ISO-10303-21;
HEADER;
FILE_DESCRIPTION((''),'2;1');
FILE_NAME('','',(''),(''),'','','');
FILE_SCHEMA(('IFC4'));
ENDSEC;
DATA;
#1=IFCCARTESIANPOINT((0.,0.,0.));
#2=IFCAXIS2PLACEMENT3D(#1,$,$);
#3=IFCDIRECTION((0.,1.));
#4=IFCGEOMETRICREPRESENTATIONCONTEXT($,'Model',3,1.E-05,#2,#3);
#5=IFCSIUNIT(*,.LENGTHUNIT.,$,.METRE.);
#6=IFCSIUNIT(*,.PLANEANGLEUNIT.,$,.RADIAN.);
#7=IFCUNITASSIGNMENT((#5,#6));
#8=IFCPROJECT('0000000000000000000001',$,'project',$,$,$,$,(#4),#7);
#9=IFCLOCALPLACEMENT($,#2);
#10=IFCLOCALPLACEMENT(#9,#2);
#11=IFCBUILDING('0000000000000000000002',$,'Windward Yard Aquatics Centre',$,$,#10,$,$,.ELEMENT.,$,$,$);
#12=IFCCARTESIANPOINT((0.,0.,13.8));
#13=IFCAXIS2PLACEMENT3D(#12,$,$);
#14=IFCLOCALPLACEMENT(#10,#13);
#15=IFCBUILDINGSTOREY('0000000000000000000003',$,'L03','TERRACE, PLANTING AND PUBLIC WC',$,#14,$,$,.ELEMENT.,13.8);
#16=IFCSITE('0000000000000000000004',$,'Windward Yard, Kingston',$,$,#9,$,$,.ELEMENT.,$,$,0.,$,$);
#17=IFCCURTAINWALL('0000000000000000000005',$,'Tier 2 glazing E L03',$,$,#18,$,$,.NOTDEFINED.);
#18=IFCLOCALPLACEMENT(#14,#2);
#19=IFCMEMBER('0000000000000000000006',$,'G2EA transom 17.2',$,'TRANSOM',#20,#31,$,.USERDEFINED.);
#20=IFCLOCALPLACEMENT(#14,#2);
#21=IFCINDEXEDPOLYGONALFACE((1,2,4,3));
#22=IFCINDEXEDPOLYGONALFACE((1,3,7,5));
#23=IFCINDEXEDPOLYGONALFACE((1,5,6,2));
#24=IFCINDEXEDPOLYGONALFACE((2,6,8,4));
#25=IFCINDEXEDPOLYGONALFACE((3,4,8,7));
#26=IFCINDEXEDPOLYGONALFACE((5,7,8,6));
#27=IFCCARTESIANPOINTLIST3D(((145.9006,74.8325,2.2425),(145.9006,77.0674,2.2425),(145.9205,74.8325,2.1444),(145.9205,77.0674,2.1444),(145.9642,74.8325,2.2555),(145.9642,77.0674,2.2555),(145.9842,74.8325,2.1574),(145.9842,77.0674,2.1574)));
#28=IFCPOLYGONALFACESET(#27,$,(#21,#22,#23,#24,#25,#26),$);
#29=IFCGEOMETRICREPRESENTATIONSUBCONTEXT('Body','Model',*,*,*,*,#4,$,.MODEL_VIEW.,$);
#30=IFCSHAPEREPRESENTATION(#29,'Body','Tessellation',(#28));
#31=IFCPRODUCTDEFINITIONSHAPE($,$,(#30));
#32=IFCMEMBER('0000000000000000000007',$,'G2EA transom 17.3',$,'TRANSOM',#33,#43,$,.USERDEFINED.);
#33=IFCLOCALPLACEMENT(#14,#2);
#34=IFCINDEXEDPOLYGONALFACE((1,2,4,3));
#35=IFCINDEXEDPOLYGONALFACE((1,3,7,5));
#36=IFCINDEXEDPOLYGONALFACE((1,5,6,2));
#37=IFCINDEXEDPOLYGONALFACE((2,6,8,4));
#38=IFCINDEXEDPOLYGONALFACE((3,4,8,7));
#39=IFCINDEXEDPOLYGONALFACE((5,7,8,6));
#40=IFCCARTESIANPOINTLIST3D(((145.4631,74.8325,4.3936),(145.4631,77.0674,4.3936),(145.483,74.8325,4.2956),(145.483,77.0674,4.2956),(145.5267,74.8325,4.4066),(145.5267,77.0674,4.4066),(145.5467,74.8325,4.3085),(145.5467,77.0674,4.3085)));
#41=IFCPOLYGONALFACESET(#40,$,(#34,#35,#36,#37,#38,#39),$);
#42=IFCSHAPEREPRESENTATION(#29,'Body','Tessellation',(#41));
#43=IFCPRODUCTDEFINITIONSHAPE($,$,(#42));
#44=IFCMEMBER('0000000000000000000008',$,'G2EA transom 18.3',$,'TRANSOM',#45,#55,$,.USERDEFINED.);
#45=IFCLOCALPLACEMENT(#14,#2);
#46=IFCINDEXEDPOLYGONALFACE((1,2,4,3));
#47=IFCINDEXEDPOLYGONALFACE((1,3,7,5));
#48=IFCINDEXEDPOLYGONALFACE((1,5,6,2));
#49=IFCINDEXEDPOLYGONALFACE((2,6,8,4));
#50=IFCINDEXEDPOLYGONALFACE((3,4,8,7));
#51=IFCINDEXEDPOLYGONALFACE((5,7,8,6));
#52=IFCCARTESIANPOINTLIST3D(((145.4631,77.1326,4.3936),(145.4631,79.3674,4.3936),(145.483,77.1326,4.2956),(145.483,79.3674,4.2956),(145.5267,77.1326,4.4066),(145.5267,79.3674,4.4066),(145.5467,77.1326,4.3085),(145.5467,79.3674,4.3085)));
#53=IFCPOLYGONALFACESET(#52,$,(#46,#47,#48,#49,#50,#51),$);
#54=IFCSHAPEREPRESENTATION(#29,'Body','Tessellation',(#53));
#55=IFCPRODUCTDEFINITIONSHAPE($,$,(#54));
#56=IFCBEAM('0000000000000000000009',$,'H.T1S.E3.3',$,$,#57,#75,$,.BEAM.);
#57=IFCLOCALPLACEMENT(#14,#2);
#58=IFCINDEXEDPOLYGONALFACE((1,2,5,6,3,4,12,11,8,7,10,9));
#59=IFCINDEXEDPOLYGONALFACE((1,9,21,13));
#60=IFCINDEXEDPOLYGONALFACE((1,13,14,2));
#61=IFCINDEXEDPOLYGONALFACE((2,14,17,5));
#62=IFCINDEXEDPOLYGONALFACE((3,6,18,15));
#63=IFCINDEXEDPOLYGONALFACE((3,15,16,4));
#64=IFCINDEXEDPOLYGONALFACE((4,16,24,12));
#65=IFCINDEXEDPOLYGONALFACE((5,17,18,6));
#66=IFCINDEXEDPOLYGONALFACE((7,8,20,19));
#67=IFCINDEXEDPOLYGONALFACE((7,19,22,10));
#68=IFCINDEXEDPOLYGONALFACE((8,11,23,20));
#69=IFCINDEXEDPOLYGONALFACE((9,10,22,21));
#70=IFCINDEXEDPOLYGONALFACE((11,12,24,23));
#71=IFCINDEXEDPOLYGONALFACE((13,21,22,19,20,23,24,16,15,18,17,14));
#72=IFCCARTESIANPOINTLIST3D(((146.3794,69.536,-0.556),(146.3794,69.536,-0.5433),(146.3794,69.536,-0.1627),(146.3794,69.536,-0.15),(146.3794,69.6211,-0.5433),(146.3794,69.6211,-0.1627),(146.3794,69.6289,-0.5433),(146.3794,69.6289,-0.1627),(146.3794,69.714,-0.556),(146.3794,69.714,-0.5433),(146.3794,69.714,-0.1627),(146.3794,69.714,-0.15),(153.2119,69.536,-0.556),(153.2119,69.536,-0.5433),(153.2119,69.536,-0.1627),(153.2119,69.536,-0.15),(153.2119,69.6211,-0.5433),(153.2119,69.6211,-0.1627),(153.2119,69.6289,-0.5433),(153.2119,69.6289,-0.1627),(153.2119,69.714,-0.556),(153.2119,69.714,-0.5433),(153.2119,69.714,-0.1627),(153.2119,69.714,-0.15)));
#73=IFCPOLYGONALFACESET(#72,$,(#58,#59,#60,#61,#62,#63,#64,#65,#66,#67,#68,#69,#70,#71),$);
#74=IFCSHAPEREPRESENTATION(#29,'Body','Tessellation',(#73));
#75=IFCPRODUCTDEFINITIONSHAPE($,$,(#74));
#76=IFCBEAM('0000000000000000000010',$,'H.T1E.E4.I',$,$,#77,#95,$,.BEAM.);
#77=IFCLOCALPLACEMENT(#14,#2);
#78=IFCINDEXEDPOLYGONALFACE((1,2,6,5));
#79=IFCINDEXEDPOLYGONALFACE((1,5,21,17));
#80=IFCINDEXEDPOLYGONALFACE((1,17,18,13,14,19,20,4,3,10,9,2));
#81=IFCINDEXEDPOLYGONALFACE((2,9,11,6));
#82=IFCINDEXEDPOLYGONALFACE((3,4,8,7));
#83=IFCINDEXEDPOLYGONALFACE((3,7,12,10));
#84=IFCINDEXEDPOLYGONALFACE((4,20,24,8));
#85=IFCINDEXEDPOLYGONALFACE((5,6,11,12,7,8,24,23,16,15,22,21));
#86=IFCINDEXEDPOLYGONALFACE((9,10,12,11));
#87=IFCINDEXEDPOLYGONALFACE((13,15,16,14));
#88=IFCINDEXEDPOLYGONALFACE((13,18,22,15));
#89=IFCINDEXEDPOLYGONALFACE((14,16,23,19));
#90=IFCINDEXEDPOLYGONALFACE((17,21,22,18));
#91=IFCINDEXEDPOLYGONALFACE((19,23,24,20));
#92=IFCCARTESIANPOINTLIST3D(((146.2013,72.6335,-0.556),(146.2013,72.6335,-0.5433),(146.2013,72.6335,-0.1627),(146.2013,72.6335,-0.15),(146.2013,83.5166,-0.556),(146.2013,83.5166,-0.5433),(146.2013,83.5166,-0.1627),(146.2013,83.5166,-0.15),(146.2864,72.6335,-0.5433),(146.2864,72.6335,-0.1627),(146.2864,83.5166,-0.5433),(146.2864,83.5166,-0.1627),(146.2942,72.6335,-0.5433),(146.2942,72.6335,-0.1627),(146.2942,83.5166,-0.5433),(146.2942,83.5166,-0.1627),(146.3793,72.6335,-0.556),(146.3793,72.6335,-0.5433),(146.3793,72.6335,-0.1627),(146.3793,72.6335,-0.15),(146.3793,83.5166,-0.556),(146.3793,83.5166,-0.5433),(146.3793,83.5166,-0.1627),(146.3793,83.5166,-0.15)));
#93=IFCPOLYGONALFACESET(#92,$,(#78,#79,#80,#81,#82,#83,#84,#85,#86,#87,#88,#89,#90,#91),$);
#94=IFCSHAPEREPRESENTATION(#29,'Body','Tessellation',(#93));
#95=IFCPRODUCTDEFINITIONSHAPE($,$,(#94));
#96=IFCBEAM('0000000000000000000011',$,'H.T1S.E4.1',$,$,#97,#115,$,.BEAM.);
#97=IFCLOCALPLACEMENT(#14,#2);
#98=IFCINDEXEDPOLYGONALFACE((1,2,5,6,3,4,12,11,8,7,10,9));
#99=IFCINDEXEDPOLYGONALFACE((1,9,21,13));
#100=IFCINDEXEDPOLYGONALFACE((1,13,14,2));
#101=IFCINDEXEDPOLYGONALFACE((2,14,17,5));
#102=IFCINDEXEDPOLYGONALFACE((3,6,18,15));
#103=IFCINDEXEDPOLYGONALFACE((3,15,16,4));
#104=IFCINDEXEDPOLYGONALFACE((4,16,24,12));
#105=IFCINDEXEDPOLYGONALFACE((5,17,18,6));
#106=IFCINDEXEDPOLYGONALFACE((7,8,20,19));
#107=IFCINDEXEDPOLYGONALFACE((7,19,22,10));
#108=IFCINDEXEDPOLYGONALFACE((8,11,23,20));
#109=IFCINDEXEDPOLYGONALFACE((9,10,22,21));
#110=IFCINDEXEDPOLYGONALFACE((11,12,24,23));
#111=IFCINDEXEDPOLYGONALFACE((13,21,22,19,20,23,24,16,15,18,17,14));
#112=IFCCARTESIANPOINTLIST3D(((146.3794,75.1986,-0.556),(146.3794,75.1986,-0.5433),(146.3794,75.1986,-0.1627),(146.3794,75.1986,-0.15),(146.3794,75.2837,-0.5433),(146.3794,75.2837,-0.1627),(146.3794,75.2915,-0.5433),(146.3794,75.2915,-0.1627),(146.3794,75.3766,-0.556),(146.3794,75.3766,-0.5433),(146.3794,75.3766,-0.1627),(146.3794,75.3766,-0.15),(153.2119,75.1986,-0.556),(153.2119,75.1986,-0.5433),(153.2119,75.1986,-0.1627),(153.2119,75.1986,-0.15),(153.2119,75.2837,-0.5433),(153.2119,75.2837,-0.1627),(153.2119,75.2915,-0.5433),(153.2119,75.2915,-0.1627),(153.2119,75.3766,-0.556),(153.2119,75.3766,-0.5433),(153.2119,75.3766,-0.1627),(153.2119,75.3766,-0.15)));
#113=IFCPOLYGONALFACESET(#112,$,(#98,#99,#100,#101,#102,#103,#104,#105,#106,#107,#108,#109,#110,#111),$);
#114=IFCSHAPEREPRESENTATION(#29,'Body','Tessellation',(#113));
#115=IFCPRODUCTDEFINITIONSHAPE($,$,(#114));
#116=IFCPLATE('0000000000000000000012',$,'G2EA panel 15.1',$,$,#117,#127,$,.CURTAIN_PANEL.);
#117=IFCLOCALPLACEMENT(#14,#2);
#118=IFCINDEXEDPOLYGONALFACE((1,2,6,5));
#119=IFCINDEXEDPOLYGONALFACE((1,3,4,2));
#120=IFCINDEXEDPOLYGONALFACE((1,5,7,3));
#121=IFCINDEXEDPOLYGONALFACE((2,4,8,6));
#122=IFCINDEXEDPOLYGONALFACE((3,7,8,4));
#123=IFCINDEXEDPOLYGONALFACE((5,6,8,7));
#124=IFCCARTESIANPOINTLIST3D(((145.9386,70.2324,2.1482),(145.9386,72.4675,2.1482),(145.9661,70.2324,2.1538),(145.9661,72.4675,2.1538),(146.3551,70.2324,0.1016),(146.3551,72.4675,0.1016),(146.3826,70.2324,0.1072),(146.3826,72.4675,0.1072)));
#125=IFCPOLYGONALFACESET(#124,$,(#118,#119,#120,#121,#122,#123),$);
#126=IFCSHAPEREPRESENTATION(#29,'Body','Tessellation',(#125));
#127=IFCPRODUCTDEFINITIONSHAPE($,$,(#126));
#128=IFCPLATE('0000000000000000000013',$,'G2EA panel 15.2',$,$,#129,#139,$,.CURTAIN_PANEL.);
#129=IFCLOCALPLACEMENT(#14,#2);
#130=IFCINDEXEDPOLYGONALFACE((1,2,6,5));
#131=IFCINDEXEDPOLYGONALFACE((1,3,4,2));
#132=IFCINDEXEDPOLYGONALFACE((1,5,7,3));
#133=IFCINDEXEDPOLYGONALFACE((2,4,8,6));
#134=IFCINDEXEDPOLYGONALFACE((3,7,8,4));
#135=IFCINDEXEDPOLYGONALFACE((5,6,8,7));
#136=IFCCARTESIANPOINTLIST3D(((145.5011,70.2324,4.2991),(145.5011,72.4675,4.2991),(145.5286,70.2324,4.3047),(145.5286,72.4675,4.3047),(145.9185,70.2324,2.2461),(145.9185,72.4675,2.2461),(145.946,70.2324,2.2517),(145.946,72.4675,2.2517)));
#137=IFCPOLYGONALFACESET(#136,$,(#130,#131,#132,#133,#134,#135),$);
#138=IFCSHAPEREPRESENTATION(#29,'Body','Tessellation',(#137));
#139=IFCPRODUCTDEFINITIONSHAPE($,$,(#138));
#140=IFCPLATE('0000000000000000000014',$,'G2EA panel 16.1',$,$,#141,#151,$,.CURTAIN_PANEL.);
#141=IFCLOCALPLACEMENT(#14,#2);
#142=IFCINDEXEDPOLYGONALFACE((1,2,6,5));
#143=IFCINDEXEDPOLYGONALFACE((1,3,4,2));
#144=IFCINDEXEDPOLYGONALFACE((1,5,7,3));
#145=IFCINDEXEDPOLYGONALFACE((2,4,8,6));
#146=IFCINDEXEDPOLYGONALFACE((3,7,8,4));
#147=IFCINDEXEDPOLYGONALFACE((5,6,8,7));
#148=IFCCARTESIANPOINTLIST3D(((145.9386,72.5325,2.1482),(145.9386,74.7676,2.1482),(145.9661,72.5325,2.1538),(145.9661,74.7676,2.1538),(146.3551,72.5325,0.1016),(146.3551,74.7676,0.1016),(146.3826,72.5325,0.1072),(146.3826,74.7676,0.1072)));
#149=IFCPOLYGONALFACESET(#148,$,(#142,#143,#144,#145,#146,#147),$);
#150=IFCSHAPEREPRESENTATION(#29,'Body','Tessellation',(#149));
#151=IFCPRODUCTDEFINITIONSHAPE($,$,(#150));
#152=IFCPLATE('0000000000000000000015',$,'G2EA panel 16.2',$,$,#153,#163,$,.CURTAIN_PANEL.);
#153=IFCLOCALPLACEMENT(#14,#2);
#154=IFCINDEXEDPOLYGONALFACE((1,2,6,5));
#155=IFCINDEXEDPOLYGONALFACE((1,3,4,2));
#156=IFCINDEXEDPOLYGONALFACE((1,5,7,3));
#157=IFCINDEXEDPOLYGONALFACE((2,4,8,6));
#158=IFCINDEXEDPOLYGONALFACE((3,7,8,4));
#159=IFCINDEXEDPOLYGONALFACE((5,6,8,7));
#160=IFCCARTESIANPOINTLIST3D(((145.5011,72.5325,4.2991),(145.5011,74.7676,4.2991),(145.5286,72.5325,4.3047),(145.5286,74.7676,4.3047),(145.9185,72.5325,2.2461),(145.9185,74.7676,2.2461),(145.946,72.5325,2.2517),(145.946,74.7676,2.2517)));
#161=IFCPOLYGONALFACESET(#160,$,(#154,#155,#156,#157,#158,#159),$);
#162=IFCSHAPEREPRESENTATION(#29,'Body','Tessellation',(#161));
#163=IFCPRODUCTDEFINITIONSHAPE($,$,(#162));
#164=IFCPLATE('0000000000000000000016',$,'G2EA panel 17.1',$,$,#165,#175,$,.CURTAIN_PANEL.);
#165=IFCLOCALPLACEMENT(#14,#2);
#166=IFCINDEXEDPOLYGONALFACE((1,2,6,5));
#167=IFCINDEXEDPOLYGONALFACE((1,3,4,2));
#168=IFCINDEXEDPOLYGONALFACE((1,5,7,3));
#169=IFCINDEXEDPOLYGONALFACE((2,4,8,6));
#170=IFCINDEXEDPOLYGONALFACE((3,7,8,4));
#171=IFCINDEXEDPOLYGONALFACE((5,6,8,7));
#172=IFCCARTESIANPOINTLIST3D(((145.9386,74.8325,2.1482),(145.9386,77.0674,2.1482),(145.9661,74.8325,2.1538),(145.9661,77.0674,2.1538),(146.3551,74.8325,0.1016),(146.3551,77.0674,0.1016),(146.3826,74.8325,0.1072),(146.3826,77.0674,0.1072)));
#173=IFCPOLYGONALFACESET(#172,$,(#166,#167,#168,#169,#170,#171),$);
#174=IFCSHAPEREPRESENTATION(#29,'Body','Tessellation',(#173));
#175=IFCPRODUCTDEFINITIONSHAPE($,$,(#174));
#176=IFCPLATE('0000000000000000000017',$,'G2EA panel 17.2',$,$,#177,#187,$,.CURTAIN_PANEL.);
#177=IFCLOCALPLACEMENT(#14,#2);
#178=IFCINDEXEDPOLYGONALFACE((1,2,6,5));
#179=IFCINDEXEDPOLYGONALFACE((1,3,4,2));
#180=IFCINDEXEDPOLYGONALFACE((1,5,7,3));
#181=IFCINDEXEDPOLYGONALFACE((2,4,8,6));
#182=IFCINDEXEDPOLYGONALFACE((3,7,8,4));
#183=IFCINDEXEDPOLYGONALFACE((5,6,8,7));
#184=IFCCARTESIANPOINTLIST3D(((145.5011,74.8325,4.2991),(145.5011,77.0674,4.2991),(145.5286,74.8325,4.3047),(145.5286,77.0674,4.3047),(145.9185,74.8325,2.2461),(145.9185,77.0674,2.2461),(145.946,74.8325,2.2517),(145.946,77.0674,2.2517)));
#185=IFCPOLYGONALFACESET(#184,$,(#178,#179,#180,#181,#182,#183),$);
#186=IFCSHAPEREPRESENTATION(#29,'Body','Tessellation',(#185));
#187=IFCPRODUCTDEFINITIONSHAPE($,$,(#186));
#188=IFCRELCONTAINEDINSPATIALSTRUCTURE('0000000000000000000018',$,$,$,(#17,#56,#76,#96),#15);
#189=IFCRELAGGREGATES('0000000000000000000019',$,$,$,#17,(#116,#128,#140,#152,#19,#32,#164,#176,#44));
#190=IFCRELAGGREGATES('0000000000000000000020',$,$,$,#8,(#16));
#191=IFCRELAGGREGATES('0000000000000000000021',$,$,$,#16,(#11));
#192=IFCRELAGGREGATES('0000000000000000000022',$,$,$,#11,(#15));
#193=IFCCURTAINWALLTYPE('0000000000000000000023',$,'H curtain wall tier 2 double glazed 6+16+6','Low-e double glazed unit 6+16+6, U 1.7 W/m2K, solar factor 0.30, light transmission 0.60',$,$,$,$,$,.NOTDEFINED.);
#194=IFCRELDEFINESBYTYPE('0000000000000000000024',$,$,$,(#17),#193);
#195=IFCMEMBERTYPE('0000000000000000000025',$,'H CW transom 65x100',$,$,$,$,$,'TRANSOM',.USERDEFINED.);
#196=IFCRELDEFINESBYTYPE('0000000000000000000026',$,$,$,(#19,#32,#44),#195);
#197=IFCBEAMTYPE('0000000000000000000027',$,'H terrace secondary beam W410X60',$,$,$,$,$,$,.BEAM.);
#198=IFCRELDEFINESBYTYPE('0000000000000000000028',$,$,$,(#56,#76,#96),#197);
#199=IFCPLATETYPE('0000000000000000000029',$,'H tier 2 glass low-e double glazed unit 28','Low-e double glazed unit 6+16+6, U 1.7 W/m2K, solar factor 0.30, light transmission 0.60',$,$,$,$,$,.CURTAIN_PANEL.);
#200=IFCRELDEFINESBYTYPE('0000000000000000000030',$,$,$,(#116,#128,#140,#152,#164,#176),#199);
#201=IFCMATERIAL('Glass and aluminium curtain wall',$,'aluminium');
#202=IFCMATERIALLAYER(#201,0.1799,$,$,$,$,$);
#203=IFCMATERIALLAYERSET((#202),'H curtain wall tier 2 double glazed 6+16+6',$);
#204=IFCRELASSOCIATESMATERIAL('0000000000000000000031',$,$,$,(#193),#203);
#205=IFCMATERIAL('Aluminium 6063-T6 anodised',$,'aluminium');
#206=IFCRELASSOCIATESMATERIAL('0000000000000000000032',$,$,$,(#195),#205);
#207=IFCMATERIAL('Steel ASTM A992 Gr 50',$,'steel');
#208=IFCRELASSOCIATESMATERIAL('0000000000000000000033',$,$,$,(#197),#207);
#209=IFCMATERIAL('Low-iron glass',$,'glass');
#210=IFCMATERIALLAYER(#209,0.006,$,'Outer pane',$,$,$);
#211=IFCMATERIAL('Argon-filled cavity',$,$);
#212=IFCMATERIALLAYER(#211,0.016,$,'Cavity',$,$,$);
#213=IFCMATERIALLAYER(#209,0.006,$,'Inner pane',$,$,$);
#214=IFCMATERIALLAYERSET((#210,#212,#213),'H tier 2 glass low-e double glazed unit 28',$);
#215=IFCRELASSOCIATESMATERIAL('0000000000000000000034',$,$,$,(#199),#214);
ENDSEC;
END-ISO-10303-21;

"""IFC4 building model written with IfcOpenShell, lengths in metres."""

from ifc_helpers import new_model, si_unit, direction, frame, origin, origin_2d, place, context, subcontext, project, spatial, polyline, rectangle, i_section, outline, extrude, material, layer, layer_set, material_profile, profile_set, type_object, element, aggregate, save


model = new_model("IFC4")

# Units and contexts
model_context = context("Model", 3, precision=1e-05, world=origin(), true_north=direction((0.0, 1.0)))
body_context = subcontext(model_context, "Body", "Model", "MODEL_VIEW")
ifc_project = project(units=[si_unit("LENGTHUNIT", "METRE"), si_unit("PLANEANGLEUNIT", "RADIAN")], contexts=[model_context])

# Site, building, storey
site_placement = place(None, origin())
site = spatial("IfcSite", under=ifc_project, at=site_placement, Name="Windward Yard, Kingston", CompositionType="ELEMENT", RefElevation=0.0)
building_placement = place(site_placement, origin())
building = spatial("IfcBuilding", under=site, at=building_placement, Name="Windward Yard Aquatics Centre", CompositionType="ELEMENT")
storey_placement = place(building_placement, frame((0.0, 0.0, 13.8)))
storey = spatial("IfcBuildingStorey", under=building, at=storey_placement, Name="L03", Description="TERRACE, PLANTING AND PUBLIC WC", CompositionType="ELEMENT", Elevation=13.8)

# Curtain wall, members
ifc_material_1 = material(Name="Glass and aluminium curtain wall", Category="aluminium")
ifc_layer_1 = layer(ifc_material_1, 0.1799)
ifc_layer_set_1 = layer_set([ifc_layer_1], Name="H curtain wall tier 2 double glazed 6+16+6")
curtain_wall_type = type_object("IfcCurtainWallType", Name="H curtain wall tier 2 double glazed 6+16+6", Description="Low-e double glazed unit 6+16+6, U 1.7 W/m2K, solar factor 0.30, light transmission 0.60", PredefinedType="NOTDEFINED", material=ifc_layer_set_1)
curtain_wall_placement = place(storey_placement, origin())
curtain_wall = element("IfcCurtainWall", 1, at=curtain_wall_placement, inside=storey, type_object=curtain_wall_type, Name="Tier 2 glazing E L03", PredefinedType="NOTDEFINED")
ifc_material_2 = material(Name="Aluminium 6063-T6 anodised", Category="aluminium")
ifc_material_profile_1 = material_profile(ifc_material_2, rectangle(XDim=0.0649, YDim=0.1001, at=origin_2d()), Name="H CW transom 65x100")
ifc_profile_set_1 = profile_set([ifc_material_profile_1], Name="Aluminium 6063-T6 anodised")
member_type_1 = type_object("IfcMemberType", Name="H CW transom 65x100", ElementType="TRANSOM", PredefinedType="USERDEFINED", material=ifc_profile_set_1)
member_1_placement = place(storey_placement, frame((145.9424, 74.8325, 2.2), z_axis=(0.0, 1.0, 0.0), x_axis=(0.979925, 0.0, 0.199368)))
member_1 = element("IfcMember", 2, at=member_1_placement, type_object=member_type_1, Name="G2EA transom 17.2", ObjectType="TRANSOM", PredefinedType="USERDEFINED", context=body_context, shape_type="SweptSolid", body=[
    extrude(rectangle(XDim=0.0649, YDim=0.1001, at=origin_2d()), origin(), (0.0, 0.0, 1.0), 2.2349),
])
member_2_placement = place(storey_placement, frame((145.5049, 74.8325, 4.3511), z_axis=(0.0, 1.0, 0.0), x_axis=(0.979925, 0.0, 0.199368)))
member_2 = element("IfcMember", 3, at=member_2_placement, type_object=member_type_1, Name="G2EA transom 17.3", ObjectType="TRANSOM", PredefinedType="USERDEFINED", context=body_context, shape_type="SweptSolid", body=[
    extrude(rectangle(XDim=0.0649, YDim=0.1001, at=origin_2d()), origin(), (0.0, 0.0, 1.0), 2.2349),
])
member_3_placement = place(storey_placement, frame((145.5049, 77.1326, 4.3511), z_axis=(0.0, 1.0, 0.0), x_axis=(0.979925, 0.0, 0.199368)))
member_3 = element("IfcMember", 4, at=member_3_placement, type_object=member_type_1, Name="G2EA transom 18.3", ObjectType="TRANSOM", PredefinedType="USERDEFINED", context=body_context, shape_type="SweptSolid", body=[
    extrude(rectangle(XDim=0.0649, YDim=0.1001, at=origin_2d()), origin(), (0.0, 0.0, 1.0), 2.2349),
])

# Beams
ifc_material_3 = material(Name="Steel ASTM A992 Gr 50", Category="steel")
ifc_material_profile_2 = material_profile(ifc_material_3, i_section(OverallWidth=0.178, OverallDepth=0.406, WebThickness=0.0078, FlangeThickness=0.0127, at=origin_2d()), Name="W410X60")
ifc_profile_set_2 = profile_set([ifc_material_profile_2], Name="Steel ASTM A992 Gr 50")
beam_type = type_object("IfcBeamType", Name="H terrace secondary beam W410X60", PredefinedType="BEAM", material=ifc_profile_set_2)
beam_1_placement = place(storey_placement, frame((153.2119, 69.625, -0.353), z_axis=(-1.0, 0.0, 0.0), x_axis=(0.0, -1.0, 0.0)))
element("IfcBeam", 5, at=beam_1_placement, inside=storey, type_object=beam_type, Name="H.T1S.E3.3", PredefinedType="BEAM", context=body_context, shape_type="SweptSolid", body=[
    extrude(i_section(OverallWidth=0.178, OverallDepth=0.406, WebThickness=0.0078, FlangeThickness=0.0127, at=origin_2d()), origin(), (0.0, 0.0, 1.0), 6.8325),
])
beam_2_placement = place(storey_placement, frame((146.2903, 72.6335, -0.353), z_axis=(0.0, 1.0, 0.0), x_axis=(-1.0, 0.0, 0.0)))
element("IfcBeam", 6, at=beam_2_placement, inside=storey, type_object=beam_type, Name="H.T1E.E4.I", PredefinedType="BEAM", context=body_context, shape_type="SweptSolid", body=[
    extrude(i_section(OverallWidth=0.178, OverallDepth=0.406, WebThickness=0.0078, FlangeThickness=0.0127, at=origin_2d()), origin(), (0.0, 0.0, 1.0), 10.8831),
])
beam_3_placement = place(storey_placement, frame((153.2119, 75.2876, -0.353), z_axis=(-1.0, 0.0, 0.0), x_axis=(0.0, -1.0, 0.0)))
element("IfcBeam", 7, at=beam_3_placement, inside=storey, type_object=beam_type, Name="H.T1S.E4.1", PredefinedType="BEAM", context=body_context, shape_type="SweptSolid", body=[
    extrude(i_section(OverallWidth=0.178, OverallDepth=0.406, WebThickness=0.0078, FlangeThickness=0.0127, at=origin_2d()), origin(), (0.0, 0.0, 1.0), 6.8325),
])

# Plates
ifc_material_4 = material(Name="Low-iron glass", Category="glass")
ifc_layer_2 = layer(ifc_material_4, 0.006, Name="Outer pane")
ifc_material_5 = material(Name="Argon-filled cavity")
ifc_layer_3 = layer(ifc_material_5, 0.016, Name="Cavity")
ifc_layer_4 = layer(ifc_material_4, 0.006, Name="Inner pane")
ifc_layer_set_2 = layer_set([ifc_layer_2, ifc_layer_3, ifc_layer_4], Name="H tier 2 glass low-e double glazed unit 28")
plate_type = type_object("IfcPlateType", Name="H tier 2 glass low-e double glazed unit 28", Description="Low-e double glazed unit 6+16+6, U 1.7 W/m2K, solar factor 0.30, light transmission 0.60", PredefinedType="CURTAIN_PANEL", material=ifc_layer_set_2)
plate_1_placement = place(storey_placement, frame((145.9661, 70.2324, 2.1538), z_axis=(0.979914, 0.0, 0.199419), x_axis=(0.199419, 0.0, -0.979914)))
plate_1 = element("IfcPlate", 8, at=plate_1_placement, type_object=plate_type, Name="G2EA panel 15.1", PredefinedType="CURTAIN_PANEL", context=body_context, shape_type="SweptSolid", body=[
    extrude(outline(polyline([(0.0, 0.0), (2.0886, 0.0), (2.0886, 2.2351), (0.0, 2.2351), (0.0, 0.0)])), origin(), (0.0, 0.0, -1.0), 0.0281),
])
plate_2_placement = place(storey_placement, frame((145.5286, 70.2324, 4.3047), z_axis=(0.979944, 0.0, 0.199275), x_axis=(0.199275, 0.0, -0.979944)))
plate_2 = element("IfcPlate", 9, at=plate_2_placement, type_object=plate_type, Name="G2EA panel 15.2", PredefinedType="CURTAIN_PANEL", context=body_context, shape_type="SweptSolid", body=[
    extrude(outline(polyline([(0.0, 0.0), (2.095, 0.0), (2.095, 2.2351), (0.0, 2.2351), (0.0, 0.0)])), origin(), (0.0, 0.0, -1.0), 0.0281),
])
plate_3_placement = place(storey_placement, frame((145.9661, 72.5325, 2.1538), z_axis=(0.979914, 0.0, 0.199419), x_axis=(0.199419, 0.0, -0.979914)))
plate_3 = element("IfcPlate", 10, at=plate_3_placement, type_object=plate_type, Name="G2EA panel 16.1", PredefinedType="CURTAIN_PANEL", context=body_context, shape_type="SweptSolid", body=[
    extrude(outline(polyline([(0.0, 0.0), (2.0886, 0.0), (2.0886, 2.2351), (0.0, 2.2351), (0.0, 0.0)])), origin(), (0.0, 0.0, -1.0), 0.0281),
])
plate_4_placement = place(storey_placement, frame((145.5286, 72.5325, 4.3047), z_axis=(0.979944, 0.0, 0.199275), x_axis=(0.199275, 0.0, -0.979944)))
plate_4 = element("IfcPlate", 11, at=plate_4_placement, type_object=plate_type, Name="G2EA panel 16.2", PredefinedType="CURTAIN_PANEL", context=body_context, shape_type="SweptSolid", body=[
    extrude(outline(polyline([(0.0, 0.0), (2.095, 0.0), (2.095, 2.2351), (0.0, 2.2351), (0.0, 0.0)])), origin(), (0.0, 0.0, -1.0), 0.0281),
])
plate_5_placement = place(storey_placement, frame((145.9661, 74.8325, 2.1538), z_axis=(0.979914, 0.0, 0.199419), x_axis=(0.199419, 0.0, -0.979914)))
plate_5 = element("IfcPlate", 12, at=plate_5_placement, type_object=plate_type, Name="G2EA panel 17.1", PredefinedType="CURTAIN_PANEL", context=body_context, shape_type="SweptSolid", body=[
    extrude(outline(polyline([(0.0, 0.0), (2.0886, 0.0), (2.0886, 2.2349), (0.0, 2.2349), (0.0, 0.0)])), origin(), (0.0, 0.0, -1.0), 0.0281),
])
plate_6_placement = place(storey_placement, frame((145.5286, 74.8325, 4.3047), z_axis=(0.979944, 0.0, 0.199275), x_axis=(0.199275, 0.0, -0.979944)))
plate_6 = element("IfcPlate", 13, at=plate_6_placement, type_object=plate_type, Name="G2EA panel 17.2", PredefinedType="CURTAIN_PANEL", context=body_context, shape_type="SweptSolid", body=[
    extrude(outline(polyline([(0.0, 0.0), (2.095, 0.0), (2.095, 2.2349), (0.0, 2.2349), (0.0, 0.0)])), origin(), (0.0, 0.0, -1.0), 0.0281),
])
aggregate(curtain_wall, [plate_1, plate_2, plate_3, plate_4, member_1, member_2, plate_5, plate_6, member_3])

save(model, "model.ifc")
